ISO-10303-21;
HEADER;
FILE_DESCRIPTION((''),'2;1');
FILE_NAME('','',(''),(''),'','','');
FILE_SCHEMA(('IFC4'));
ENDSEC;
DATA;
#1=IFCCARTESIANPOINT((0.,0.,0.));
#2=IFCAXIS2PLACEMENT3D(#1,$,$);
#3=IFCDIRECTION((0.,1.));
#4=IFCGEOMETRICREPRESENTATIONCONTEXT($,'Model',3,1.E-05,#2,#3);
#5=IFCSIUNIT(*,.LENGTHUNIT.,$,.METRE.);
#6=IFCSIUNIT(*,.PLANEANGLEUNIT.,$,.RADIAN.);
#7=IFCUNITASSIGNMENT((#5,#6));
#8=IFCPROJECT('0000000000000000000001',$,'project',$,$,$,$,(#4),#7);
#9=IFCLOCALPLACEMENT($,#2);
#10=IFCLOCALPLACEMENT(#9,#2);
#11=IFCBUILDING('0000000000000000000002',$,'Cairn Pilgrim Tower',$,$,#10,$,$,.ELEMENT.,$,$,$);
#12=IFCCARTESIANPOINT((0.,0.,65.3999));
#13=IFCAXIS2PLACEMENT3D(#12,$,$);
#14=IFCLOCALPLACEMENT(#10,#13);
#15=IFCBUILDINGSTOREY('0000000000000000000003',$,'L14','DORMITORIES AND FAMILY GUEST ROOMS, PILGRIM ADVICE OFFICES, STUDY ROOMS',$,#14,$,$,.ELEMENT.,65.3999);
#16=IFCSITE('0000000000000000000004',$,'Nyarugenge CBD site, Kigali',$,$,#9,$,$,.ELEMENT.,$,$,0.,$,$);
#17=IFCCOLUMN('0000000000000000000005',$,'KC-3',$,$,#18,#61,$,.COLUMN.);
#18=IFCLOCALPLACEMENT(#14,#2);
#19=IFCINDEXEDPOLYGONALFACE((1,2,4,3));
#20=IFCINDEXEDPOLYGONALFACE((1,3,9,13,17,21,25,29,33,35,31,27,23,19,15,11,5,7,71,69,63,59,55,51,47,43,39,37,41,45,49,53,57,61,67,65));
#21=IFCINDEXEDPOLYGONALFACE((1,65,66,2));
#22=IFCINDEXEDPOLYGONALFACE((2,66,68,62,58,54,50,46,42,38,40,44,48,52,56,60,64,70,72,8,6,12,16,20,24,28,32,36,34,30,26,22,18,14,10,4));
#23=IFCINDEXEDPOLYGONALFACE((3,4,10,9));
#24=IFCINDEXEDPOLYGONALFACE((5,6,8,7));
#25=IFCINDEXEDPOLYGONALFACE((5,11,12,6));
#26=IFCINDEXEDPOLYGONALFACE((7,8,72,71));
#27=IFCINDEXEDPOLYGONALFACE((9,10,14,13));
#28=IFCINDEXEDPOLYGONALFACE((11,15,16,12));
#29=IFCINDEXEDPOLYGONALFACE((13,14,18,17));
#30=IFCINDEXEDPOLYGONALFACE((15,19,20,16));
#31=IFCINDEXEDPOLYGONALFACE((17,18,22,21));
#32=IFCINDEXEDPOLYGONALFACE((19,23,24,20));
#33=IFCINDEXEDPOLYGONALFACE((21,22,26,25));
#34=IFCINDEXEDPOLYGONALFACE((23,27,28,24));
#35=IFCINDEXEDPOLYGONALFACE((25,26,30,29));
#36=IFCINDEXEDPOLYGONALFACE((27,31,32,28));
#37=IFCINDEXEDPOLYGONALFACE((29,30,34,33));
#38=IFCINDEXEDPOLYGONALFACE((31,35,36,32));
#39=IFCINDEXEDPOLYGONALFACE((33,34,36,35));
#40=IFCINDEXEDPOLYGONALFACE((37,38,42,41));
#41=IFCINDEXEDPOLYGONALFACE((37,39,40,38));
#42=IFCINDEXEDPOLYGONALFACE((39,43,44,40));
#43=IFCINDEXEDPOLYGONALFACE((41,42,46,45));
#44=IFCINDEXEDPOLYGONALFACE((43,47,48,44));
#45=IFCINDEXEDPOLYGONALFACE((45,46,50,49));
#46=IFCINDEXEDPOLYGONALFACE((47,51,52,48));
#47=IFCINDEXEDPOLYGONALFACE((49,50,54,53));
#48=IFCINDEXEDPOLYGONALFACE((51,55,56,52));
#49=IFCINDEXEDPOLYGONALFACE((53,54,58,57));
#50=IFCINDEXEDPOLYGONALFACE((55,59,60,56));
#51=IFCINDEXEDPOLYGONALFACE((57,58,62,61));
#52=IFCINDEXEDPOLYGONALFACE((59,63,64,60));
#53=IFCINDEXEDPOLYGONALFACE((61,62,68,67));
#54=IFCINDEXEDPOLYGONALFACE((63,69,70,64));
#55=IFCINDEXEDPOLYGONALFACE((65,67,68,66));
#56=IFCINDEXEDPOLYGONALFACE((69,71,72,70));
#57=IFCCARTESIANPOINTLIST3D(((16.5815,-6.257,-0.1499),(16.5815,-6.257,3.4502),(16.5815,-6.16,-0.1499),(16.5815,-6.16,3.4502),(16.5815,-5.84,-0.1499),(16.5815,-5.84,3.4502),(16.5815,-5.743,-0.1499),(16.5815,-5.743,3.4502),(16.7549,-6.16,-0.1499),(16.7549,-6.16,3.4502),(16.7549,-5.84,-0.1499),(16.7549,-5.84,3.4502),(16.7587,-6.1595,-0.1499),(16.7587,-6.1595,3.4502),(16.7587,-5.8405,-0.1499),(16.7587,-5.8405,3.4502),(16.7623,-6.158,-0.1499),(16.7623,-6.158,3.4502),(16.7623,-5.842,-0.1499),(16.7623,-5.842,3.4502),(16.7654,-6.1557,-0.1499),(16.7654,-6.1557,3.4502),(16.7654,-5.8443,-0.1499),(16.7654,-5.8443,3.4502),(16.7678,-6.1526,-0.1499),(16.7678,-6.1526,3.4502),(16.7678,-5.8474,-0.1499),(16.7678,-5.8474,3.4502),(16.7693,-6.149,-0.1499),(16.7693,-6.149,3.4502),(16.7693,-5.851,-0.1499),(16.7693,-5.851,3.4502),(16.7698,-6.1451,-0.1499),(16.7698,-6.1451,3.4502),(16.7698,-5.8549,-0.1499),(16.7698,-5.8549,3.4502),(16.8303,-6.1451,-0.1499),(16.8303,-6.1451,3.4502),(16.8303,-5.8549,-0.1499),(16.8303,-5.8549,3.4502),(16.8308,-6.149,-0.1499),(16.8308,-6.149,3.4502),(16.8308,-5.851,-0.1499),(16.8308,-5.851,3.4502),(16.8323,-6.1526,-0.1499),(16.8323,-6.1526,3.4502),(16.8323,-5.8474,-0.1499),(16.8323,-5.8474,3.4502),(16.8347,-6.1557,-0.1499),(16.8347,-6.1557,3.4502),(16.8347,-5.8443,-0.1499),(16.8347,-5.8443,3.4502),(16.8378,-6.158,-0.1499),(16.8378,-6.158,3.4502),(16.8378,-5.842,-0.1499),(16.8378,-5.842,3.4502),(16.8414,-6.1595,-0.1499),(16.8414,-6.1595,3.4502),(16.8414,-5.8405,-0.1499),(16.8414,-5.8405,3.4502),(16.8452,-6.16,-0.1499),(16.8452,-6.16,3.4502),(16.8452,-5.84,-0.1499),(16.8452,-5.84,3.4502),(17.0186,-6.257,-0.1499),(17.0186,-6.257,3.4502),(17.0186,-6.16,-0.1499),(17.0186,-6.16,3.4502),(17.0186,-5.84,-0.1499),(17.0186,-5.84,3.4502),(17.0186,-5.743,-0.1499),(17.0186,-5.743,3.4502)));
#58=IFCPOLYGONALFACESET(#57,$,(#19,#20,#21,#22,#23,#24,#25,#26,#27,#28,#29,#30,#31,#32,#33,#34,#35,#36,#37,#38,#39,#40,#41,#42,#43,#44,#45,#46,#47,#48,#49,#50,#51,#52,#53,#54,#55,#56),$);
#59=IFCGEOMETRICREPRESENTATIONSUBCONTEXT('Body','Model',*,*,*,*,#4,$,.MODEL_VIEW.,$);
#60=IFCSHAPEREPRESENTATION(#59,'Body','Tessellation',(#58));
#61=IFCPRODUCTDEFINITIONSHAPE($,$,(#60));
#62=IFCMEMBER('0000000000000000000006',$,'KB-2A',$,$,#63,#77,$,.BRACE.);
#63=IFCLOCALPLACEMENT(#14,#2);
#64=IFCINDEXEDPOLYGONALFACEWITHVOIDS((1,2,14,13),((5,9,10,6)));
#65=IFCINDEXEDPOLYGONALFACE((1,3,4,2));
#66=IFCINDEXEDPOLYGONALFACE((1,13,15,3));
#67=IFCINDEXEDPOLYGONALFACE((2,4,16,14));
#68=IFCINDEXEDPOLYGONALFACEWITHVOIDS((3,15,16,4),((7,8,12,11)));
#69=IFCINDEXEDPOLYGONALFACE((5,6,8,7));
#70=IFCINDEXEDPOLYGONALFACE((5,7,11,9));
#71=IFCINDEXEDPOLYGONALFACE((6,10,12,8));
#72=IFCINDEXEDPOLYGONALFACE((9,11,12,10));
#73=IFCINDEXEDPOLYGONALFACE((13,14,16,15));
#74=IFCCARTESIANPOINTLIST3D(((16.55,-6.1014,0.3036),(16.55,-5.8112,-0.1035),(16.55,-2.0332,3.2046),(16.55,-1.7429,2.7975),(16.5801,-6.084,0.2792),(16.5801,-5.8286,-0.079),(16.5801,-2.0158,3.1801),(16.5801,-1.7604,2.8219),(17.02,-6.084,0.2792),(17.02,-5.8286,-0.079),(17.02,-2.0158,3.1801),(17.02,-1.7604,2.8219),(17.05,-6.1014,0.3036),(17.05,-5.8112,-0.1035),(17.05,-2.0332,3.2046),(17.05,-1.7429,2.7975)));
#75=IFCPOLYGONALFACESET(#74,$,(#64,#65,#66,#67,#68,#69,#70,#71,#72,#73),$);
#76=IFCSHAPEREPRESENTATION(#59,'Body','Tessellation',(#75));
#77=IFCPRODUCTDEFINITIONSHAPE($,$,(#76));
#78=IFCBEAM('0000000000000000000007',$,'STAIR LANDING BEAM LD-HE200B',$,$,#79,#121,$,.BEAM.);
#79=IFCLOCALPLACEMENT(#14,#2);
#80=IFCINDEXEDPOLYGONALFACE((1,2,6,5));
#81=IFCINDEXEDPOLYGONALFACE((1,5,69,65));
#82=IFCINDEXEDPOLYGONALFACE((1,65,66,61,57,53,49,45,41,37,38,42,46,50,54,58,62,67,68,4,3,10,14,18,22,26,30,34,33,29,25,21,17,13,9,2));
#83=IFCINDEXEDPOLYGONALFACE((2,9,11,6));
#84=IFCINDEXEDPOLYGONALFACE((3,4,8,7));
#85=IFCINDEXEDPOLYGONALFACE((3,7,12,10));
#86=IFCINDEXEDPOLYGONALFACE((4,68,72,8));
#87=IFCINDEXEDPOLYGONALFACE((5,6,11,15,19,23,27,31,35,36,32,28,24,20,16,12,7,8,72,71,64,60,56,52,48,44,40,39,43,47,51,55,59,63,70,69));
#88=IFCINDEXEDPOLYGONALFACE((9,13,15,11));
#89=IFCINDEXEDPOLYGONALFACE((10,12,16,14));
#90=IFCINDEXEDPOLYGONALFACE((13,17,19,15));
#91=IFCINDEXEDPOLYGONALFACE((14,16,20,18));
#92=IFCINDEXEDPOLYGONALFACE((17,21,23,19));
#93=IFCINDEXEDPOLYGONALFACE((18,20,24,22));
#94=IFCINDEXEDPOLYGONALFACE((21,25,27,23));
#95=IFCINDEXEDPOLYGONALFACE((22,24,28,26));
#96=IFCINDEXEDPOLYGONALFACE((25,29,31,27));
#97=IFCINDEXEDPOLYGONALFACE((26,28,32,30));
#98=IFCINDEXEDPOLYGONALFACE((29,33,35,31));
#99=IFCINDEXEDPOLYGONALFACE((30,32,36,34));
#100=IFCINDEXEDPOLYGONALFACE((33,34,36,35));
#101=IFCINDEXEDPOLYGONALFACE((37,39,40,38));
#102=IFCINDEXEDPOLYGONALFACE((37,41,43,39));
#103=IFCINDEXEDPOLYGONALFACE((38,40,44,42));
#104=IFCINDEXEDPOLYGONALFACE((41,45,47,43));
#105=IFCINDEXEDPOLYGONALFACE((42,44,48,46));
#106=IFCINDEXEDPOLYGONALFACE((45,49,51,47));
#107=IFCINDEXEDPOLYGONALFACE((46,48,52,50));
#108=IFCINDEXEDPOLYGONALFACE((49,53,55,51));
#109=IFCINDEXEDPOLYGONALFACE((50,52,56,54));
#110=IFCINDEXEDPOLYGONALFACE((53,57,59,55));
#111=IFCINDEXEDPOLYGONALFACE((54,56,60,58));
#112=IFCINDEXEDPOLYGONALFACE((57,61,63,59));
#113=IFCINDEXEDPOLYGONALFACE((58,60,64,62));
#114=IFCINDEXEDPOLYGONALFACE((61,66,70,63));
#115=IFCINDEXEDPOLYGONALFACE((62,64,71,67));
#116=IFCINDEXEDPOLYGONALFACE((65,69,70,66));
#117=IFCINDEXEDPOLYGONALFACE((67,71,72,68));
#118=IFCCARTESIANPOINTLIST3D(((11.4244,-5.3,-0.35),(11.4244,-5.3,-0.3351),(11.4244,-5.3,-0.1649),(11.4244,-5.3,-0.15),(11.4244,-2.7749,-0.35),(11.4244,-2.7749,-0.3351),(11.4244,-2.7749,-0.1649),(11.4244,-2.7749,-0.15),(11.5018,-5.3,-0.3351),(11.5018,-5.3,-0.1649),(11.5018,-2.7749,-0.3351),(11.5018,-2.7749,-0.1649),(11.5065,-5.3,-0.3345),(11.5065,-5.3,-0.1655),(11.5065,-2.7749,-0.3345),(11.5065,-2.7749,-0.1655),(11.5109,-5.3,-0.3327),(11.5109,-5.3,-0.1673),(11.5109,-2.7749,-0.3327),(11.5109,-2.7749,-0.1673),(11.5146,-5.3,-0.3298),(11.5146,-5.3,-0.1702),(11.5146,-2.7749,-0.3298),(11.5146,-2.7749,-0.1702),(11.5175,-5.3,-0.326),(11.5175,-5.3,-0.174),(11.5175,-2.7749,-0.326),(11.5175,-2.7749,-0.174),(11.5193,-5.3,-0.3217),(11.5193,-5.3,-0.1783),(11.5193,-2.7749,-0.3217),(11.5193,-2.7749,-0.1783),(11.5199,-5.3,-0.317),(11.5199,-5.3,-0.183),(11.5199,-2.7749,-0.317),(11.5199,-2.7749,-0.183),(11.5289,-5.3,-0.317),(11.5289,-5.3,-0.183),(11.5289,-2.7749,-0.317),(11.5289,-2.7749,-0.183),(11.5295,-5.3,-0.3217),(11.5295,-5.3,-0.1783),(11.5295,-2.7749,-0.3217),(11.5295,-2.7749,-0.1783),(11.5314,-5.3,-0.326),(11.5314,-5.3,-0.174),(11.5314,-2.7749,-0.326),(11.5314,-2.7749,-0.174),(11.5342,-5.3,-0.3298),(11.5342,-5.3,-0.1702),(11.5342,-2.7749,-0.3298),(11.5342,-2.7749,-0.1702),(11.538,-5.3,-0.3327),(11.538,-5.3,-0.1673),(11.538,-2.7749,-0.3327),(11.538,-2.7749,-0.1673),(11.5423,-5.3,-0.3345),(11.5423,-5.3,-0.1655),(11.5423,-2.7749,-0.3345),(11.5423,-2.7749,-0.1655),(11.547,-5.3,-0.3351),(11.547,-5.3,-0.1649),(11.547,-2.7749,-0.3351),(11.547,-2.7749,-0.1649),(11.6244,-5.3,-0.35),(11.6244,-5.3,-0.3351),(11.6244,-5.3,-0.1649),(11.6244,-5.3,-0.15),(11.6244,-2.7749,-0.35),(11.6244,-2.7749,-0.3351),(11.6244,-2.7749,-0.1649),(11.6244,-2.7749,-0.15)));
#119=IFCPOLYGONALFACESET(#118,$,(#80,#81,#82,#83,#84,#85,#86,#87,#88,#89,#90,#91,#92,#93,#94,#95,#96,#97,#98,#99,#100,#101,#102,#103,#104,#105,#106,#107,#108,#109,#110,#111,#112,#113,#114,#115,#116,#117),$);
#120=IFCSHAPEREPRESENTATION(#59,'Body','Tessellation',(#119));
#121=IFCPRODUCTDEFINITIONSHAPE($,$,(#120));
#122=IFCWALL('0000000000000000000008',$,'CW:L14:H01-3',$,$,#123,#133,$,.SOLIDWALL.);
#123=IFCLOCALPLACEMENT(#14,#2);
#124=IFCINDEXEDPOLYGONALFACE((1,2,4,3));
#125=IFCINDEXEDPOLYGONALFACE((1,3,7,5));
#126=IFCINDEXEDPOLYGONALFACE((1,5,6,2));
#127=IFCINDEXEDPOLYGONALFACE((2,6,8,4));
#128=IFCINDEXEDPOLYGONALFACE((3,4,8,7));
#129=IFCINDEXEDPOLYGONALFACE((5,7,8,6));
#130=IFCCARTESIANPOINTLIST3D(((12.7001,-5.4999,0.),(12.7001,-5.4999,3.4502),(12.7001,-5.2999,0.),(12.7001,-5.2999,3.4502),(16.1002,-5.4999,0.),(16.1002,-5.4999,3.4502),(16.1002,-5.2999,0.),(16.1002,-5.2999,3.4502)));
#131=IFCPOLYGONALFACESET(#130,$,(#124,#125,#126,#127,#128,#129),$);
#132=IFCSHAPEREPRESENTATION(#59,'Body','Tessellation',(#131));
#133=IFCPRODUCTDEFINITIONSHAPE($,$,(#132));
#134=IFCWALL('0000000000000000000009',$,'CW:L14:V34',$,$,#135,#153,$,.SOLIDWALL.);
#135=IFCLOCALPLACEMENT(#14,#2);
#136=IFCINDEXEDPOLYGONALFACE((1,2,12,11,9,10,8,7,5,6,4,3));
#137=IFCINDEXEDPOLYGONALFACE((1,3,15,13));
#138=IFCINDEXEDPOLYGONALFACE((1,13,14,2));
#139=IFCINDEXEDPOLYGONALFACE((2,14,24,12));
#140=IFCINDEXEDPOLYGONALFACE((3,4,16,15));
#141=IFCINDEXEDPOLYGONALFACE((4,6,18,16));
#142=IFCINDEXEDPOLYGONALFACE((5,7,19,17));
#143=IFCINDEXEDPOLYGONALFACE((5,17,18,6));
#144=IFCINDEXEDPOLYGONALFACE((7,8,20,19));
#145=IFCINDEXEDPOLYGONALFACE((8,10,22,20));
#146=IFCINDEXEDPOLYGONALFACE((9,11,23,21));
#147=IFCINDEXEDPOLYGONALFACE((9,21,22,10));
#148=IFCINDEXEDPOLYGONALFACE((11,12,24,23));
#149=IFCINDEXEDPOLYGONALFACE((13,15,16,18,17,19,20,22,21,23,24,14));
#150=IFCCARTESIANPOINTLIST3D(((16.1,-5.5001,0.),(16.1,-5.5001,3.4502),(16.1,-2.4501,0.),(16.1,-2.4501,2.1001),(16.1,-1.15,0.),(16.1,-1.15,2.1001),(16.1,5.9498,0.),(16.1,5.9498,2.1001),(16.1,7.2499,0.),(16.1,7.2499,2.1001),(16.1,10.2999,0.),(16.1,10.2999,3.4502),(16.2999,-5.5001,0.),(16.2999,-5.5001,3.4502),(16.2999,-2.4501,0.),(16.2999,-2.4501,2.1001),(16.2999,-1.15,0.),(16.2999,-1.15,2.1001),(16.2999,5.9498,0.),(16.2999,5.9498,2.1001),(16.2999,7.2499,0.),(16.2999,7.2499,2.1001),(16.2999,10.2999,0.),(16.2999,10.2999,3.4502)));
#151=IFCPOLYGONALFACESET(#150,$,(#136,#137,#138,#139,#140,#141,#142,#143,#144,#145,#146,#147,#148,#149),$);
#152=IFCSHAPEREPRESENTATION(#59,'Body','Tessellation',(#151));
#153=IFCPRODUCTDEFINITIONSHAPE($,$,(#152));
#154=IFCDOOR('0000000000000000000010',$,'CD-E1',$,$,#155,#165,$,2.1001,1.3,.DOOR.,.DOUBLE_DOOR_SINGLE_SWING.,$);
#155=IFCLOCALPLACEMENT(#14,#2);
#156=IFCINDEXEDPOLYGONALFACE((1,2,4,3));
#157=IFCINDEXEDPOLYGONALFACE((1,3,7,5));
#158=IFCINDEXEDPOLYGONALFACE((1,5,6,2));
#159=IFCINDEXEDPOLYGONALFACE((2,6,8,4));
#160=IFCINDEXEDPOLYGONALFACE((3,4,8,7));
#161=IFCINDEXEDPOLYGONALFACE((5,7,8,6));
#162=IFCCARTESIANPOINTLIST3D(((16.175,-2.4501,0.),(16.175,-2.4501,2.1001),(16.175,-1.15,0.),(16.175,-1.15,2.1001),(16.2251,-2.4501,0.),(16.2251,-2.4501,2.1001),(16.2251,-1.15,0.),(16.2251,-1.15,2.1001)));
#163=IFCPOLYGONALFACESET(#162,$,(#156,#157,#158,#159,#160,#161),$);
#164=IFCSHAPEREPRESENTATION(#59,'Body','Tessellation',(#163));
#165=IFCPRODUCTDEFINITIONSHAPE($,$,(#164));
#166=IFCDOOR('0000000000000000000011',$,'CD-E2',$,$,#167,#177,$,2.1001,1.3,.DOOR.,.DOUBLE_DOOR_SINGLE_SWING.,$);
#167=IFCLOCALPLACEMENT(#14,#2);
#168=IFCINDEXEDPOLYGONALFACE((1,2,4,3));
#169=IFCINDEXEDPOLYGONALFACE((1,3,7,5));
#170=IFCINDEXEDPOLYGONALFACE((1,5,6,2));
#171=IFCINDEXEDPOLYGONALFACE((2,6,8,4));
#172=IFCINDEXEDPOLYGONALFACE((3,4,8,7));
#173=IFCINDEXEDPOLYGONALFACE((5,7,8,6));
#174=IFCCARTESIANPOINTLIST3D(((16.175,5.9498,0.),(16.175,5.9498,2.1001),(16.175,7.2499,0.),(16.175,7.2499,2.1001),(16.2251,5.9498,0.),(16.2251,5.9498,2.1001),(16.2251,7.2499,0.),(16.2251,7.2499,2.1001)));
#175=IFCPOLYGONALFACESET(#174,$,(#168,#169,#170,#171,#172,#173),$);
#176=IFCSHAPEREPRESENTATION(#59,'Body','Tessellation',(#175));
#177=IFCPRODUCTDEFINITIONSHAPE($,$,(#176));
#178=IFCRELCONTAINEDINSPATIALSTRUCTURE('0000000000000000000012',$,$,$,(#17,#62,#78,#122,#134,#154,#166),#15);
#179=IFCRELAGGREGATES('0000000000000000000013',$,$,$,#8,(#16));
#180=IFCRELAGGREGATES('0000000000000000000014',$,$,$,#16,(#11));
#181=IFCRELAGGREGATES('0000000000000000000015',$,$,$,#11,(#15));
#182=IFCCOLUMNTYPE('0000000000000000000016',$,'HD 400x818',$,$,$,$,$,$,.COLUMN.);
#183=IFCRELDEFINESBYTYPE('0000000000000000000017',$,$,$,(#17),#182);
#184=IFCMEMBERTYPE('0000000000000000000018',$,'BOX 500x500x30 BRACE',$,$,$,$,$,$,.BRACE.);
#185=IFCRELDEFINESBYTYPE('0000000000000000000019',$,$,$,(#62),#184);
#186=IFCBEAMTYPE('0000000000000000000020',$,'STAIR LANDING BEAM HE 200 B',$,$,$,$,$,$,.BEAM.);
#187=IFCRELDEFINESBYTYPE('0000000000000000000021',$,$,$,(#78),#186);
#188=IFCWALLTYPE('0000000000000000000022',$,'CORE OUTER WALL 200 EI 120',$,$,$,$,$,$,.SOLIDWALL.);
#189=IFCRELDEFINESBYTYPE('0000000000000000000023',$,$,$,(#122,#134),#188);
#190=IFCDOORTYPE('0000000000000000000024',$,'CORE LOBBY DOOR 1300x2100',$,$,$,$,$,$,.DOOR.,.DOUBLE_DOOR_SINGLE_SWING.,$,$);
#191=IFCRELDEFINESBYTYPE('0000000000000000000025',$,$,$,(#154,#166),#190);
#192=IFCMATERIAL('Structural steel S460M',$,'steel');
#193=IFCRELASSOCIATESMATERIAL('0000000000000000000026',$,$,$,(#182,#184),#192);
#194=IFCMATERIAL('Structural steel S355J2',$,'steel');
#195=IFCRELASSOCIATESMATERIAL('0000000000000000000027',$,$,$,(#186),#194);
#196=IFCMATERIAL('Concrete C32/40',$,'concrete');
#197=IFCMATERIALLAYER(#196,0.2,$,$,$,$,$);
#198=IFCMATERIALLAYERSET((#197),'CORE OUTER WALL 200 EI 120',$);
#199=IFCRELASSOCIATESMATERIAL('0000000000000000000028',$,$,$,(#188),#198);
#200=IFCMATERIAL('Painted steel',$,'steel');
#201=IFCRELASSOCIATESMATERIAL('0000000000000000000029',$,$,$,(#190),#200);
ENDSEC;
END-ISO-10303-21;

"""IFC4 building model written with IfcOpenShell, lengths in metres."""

from ifc_helpers import new_model, si_unit, direction, frame, frame_2d, origin, origin_2d, place, context, subcontext, project, spatial, rectangle, hollow_rectangle, i_section, extrude, material, layer, layer_set, material_profile, profile_set, type_object, element, fill, save


model = new_model("IFC4")

# Units and contexts
model_context = context("Model", 3, precision=1e-05, world=origin(), true_north=direction((0.0, 1.0)))
body_context = subcontext(model_context, "Body", "Model", "MODEL_VIEW")
ifc_project = project(units=[si_unit("LENGTHUNIT", "METRE"), si_unit("PLANEANGLEUNIT", "RADIAN")], contexts=[model_context])

# Site, building, storey
site_placement = place(None, origin())
site = spatial("IfcSite", under=ifc_project, at=site_placement, Name="Nyarugenge CBD site, Kigali", CompositionType="ELEMENT", RefElevation=0.0)
building_placement = place(site_placement, origin())
building = spatial("IfcBuilding", under=site, at=building_placement, Name="Cairn Pilgrim Tower", CompositionType="ELEMENT")
storey_placement = place(building_placement, frame((0.0, 0.0, 65.3999)))
storey = spatial("IfcBuildingStorey", under=building, at=storey_placement, Name="L14", Description="DORMITORIES AND FAMILY GUEST ROOMS, PILGRIM ADVICE OFFICES, STUDY ROOMS", CompositionType="ELEMENT", Elevation=65.3999)

# Column
ifc_material_1 = material(Name="Structural steel S460M", Category="steel")
ifc_material_profile_1 = material_profile(ifc_material_1, i_section(OverallWidth=0.437, OverallDepth=0.5139, WebThickness=0.0605, FlangeThickness=0.0969, FilletRadius=0.0149, at=origin_2d()), Name="HD 400x818")
ifc_profile_set_1 = profile_set([ifc_material_profile_1], Name="Structural steel S460M")
column_type = type_object("IfcColumnType", Name="HD 400x818", PredefinedType="COLUMN", material=ifc_profile_set_1)
column_placement = place(storey_placement, frame((16.8, -6.0, -0.1499), z_axis=(0.0, 0.0, 1.0), x_axis=(1.0, 0.0, 0.0)))
element("IfcColumn", 1, at=column_placement, inside=storey, type_object=column_type, Name="KC-3", PredefinedType="COLUMN", context=body_context, shape_type="SweptSolid", body=[
    extrude(i_section(OverallWidth=0.437, OverallDepth=0.5139, WebThickness=0.0605, FlangeThickness=0.0969, FilletRadius=0.0149, at=origin_2d()), origin(), (0.0, 0.0, 1.0), 3.6001),
])

# Member
ifc_material_profile_2 = material_profile(ifc_material_1, hollow_rectangle(XDim=0.5, YDim=0.5, WallThickness=0.03, at=origin_2d()), Name="BOX 500x500x30")
ifc_profile_set_2 = profile_set([ifc_material_profile_2], Name="Structural steel S460M")
member_type = type_object("IfcMemberType", Name="BOX 500x500x30 BRACE", PredefinedType="BRACE", material=ifc_profile_set_2)
member_placement = place(storey_placement, frame((16.8, -5.9563, 0.1001), z_axis=(0.0, 0.814199, 0.580586), x_axis=(-1.0, 0.0, 0.0)))
element("IfcMember", 2, at=member_placement, inside=storey, type_object=member_type, Name="KB-2A", PredefinedType="BRACE", context=body_context, shape_type="SweptSolid", body=[
    extrude(hollow_rectangle(XDim=0.5, YDim=0.5, WallThickness=0.03, at=origin_2d()), origin(), (0.0, 0.0, 1.0), 4.9966),
])

# Beam
ifc_material_2 = material(Name="Structural steel S355J2", Category="steel")
ifc_material_profile_3 = material_profile(ifc_material_2, i_section(OverallWidth=0.2, OverallDepth=0.2, WebThickness=0.009, FlangeThickness=0.0149, FilletRadius=0.0181, at=origin_2d()), Name="HE 200 B")
ifc_profile_set_3 = profile_set([ifc_material_profile_3], Name="Structural steel S355J2")
beam_type = type_object("IfcBeamType", Name="STAIR LANDING BEAM HE 200 B", PredefinedType="BEAM", material=ifc_profile_set_3)
beam_placement = place(storey_placement, frame((11.5244, -2.7749, -0.25), z_axis=(0.0, -1.0, 0.0), x_axis=(1.0, 0.0, 0.0)))
element("IfcBeam", 3, at=beam_placement, inside=storey, type_object=beam_type, Name="STAIR LANDING BEAM LD-HE200B", PredefinedType="BEAM", context=body_context, shape_type="SweptSolid", body=[
    extrude(i_section(OverallWidth=0.2, OverallDepth=0.2, WebThickness=0.009, FlangeThickness=0.0149, FilletRadius=0.0181, at=origin_2d()), origin(), (0.0, 0.0, 1.0), 2.5251),
])

# Wall
ifc_material_3 = material(Name="Concrete C32/40", Category="concrete")
ifc_layer_1 = layer(ifc_material_3, 0.2)
ifc_layer_set_1 = layer_set([ifc_layer_1], Name="CORE OUTER WALL 200 EI 120")
wall_type_1 = type_object("IfcWallType", Name="CORE OUTER WALL 200 EI 120", PredefinedType="SOLIDWALL", material=ifc_layer_set_1)
wall_1_placement = place(storey_placement, frame((12.7, -5.3999, 0.0), z_axis=(0.0, 0.0, 1.0), x_axis=(1.0, 0.0, 0.0)))
element("IfcWall", 4, at=wall_1_placement, inside=storey, type_object=wall_type_1, Name="CW:L14:H01-3", PredefinedType="SOLIDWALL", context=body_context, shape_type="SweptSolid", body=[
    extrude(rectangle(XDim=3.4001, YDim=0.2, at=frame_2d((1.7002, 0.0))), origin(), (0.0, 0.0, 1.0), 3.4502),
])

# Wall, openings, doors
wall_2_placement = place(storey_placement, frame((16.2, -5.5, 0.0), z_axis=(0.0, 0.0, 1.0), x_axis=(0.0, 1.0, 0.0)))
wall_2 = element("IfcWall", 5, at=wall_2_placement, inside=storey, type_object=wall_type_1, Name="CW:L14:V34", PredefinedType="SOLIDWALL", context=body_context, shape_type="SweptSolid", body=[
    extrude(rectangle(XDim=15.8, YDim=0.2, at=frame_2d((7.8999, 0.0))), origin(), (0.0, 0.0, 1.0), 3.4502),
])
opening_1_placement = place(wall_2_placement, frame((3.05, 0.0, 0.0)))
opening_1 = element("IfcOpeningElement", 6, at=opening_1_placement, cuts=wall_2, PredefinedType="OPENING", context=body_context, shape_type="SweptSolid", body=[
    extrude(rectangle(XDim=1.3, YDim=2.1001, at=frame_2d((0.6499, 1.05))), frame((0.0, 0.1099, 0.0), z_axis=(0.0, -1.0, 0.0), x_axis=(1.0, 0.0, 0.0)), (0.0, 0.0, 1.0), 0.22),
])
opening_2_placement = place(wall_2_placement, frame((11.45, 0.0, 0.0)))
opening_2 = element("IfcOpeningElement", 7, at=opening_2_placement, cuts=wall_2, PredefinedType="OPENING", context=body_context, shape_type="SweptSolid", body=[
    extrude(rectangle(XDim=1.3, YDim=2.1001, at=frame_2d((0.6499, 1.05))), frame((0.0, 0.1099, 0.0), z_axis=(0.0, -1.0, 0.0), x_axis=(1.0, 0.0, 0.0)), (0.0, 0.0, 1.0), 0.22),
])
ifc_material_4 = material(Name="Painted steel", Category="steel")
door_type_1 = type_object("IfcDoorType", Name="CORE LOBBY DOOR 1300x2100", OperationType="DOUBLE_DOOR_SINGLE_SWING", PredefinedType="DOOR", material=ifc_material_4)
door_1_placement = place(opening_1_placement, origin())
door_1 = element("IfcDoor", 8, at=door_1_placement, inside=storey, type_object=door_type_1, Name="CD-E1", OperationType="DOUBLE_DOOR_SINGLE_SWING", OverallHeight=2.1001, OverallWidth=1.3, PredefinedType="DOOR", context=body_context, shape_type="SweptSolid", body=[
    extrude(rectangle(XDim=1.3, YDim=2.1001, at=frame_2d((0.6499, 1.05))), frame((0.0, 0.0249, 0.0), z_axis=(0.0, -1.0, 0.0), x_axis=(1.0, 0.0, 0.0)), (0.0, 0.0, 1.0), 0.05),
])
fill(opening_1, door_1)
door_2_placement = place(opening_2_placement, origin())
door_2 = element("IfcDoor", 9, at=door_2_placement, inside=storey, type_object=door_type_1, Name="CD-E2", OperationType="DOUBLE_DOOR_SINGLE_SWING", OverallHeight=2.1001, OverallWidth=1.3, PredefinedType="DOOR", context=body_context, shape_type="SweptSolid", body=[
    extrude(rectangle(XDim=1.3, YDim=2.1001, at=frame_2d((0.6499, 1.05))), frame((0.0, 0.0249, 0.0), z_axis=(0.0, -1.0, 0.0), x_axis=(1.0, 0.0, 0.0)), (0.0, 0.0, 1.0), 0.05),
])
fill(opening_2, door_2)

save(model, "model.ifc")
